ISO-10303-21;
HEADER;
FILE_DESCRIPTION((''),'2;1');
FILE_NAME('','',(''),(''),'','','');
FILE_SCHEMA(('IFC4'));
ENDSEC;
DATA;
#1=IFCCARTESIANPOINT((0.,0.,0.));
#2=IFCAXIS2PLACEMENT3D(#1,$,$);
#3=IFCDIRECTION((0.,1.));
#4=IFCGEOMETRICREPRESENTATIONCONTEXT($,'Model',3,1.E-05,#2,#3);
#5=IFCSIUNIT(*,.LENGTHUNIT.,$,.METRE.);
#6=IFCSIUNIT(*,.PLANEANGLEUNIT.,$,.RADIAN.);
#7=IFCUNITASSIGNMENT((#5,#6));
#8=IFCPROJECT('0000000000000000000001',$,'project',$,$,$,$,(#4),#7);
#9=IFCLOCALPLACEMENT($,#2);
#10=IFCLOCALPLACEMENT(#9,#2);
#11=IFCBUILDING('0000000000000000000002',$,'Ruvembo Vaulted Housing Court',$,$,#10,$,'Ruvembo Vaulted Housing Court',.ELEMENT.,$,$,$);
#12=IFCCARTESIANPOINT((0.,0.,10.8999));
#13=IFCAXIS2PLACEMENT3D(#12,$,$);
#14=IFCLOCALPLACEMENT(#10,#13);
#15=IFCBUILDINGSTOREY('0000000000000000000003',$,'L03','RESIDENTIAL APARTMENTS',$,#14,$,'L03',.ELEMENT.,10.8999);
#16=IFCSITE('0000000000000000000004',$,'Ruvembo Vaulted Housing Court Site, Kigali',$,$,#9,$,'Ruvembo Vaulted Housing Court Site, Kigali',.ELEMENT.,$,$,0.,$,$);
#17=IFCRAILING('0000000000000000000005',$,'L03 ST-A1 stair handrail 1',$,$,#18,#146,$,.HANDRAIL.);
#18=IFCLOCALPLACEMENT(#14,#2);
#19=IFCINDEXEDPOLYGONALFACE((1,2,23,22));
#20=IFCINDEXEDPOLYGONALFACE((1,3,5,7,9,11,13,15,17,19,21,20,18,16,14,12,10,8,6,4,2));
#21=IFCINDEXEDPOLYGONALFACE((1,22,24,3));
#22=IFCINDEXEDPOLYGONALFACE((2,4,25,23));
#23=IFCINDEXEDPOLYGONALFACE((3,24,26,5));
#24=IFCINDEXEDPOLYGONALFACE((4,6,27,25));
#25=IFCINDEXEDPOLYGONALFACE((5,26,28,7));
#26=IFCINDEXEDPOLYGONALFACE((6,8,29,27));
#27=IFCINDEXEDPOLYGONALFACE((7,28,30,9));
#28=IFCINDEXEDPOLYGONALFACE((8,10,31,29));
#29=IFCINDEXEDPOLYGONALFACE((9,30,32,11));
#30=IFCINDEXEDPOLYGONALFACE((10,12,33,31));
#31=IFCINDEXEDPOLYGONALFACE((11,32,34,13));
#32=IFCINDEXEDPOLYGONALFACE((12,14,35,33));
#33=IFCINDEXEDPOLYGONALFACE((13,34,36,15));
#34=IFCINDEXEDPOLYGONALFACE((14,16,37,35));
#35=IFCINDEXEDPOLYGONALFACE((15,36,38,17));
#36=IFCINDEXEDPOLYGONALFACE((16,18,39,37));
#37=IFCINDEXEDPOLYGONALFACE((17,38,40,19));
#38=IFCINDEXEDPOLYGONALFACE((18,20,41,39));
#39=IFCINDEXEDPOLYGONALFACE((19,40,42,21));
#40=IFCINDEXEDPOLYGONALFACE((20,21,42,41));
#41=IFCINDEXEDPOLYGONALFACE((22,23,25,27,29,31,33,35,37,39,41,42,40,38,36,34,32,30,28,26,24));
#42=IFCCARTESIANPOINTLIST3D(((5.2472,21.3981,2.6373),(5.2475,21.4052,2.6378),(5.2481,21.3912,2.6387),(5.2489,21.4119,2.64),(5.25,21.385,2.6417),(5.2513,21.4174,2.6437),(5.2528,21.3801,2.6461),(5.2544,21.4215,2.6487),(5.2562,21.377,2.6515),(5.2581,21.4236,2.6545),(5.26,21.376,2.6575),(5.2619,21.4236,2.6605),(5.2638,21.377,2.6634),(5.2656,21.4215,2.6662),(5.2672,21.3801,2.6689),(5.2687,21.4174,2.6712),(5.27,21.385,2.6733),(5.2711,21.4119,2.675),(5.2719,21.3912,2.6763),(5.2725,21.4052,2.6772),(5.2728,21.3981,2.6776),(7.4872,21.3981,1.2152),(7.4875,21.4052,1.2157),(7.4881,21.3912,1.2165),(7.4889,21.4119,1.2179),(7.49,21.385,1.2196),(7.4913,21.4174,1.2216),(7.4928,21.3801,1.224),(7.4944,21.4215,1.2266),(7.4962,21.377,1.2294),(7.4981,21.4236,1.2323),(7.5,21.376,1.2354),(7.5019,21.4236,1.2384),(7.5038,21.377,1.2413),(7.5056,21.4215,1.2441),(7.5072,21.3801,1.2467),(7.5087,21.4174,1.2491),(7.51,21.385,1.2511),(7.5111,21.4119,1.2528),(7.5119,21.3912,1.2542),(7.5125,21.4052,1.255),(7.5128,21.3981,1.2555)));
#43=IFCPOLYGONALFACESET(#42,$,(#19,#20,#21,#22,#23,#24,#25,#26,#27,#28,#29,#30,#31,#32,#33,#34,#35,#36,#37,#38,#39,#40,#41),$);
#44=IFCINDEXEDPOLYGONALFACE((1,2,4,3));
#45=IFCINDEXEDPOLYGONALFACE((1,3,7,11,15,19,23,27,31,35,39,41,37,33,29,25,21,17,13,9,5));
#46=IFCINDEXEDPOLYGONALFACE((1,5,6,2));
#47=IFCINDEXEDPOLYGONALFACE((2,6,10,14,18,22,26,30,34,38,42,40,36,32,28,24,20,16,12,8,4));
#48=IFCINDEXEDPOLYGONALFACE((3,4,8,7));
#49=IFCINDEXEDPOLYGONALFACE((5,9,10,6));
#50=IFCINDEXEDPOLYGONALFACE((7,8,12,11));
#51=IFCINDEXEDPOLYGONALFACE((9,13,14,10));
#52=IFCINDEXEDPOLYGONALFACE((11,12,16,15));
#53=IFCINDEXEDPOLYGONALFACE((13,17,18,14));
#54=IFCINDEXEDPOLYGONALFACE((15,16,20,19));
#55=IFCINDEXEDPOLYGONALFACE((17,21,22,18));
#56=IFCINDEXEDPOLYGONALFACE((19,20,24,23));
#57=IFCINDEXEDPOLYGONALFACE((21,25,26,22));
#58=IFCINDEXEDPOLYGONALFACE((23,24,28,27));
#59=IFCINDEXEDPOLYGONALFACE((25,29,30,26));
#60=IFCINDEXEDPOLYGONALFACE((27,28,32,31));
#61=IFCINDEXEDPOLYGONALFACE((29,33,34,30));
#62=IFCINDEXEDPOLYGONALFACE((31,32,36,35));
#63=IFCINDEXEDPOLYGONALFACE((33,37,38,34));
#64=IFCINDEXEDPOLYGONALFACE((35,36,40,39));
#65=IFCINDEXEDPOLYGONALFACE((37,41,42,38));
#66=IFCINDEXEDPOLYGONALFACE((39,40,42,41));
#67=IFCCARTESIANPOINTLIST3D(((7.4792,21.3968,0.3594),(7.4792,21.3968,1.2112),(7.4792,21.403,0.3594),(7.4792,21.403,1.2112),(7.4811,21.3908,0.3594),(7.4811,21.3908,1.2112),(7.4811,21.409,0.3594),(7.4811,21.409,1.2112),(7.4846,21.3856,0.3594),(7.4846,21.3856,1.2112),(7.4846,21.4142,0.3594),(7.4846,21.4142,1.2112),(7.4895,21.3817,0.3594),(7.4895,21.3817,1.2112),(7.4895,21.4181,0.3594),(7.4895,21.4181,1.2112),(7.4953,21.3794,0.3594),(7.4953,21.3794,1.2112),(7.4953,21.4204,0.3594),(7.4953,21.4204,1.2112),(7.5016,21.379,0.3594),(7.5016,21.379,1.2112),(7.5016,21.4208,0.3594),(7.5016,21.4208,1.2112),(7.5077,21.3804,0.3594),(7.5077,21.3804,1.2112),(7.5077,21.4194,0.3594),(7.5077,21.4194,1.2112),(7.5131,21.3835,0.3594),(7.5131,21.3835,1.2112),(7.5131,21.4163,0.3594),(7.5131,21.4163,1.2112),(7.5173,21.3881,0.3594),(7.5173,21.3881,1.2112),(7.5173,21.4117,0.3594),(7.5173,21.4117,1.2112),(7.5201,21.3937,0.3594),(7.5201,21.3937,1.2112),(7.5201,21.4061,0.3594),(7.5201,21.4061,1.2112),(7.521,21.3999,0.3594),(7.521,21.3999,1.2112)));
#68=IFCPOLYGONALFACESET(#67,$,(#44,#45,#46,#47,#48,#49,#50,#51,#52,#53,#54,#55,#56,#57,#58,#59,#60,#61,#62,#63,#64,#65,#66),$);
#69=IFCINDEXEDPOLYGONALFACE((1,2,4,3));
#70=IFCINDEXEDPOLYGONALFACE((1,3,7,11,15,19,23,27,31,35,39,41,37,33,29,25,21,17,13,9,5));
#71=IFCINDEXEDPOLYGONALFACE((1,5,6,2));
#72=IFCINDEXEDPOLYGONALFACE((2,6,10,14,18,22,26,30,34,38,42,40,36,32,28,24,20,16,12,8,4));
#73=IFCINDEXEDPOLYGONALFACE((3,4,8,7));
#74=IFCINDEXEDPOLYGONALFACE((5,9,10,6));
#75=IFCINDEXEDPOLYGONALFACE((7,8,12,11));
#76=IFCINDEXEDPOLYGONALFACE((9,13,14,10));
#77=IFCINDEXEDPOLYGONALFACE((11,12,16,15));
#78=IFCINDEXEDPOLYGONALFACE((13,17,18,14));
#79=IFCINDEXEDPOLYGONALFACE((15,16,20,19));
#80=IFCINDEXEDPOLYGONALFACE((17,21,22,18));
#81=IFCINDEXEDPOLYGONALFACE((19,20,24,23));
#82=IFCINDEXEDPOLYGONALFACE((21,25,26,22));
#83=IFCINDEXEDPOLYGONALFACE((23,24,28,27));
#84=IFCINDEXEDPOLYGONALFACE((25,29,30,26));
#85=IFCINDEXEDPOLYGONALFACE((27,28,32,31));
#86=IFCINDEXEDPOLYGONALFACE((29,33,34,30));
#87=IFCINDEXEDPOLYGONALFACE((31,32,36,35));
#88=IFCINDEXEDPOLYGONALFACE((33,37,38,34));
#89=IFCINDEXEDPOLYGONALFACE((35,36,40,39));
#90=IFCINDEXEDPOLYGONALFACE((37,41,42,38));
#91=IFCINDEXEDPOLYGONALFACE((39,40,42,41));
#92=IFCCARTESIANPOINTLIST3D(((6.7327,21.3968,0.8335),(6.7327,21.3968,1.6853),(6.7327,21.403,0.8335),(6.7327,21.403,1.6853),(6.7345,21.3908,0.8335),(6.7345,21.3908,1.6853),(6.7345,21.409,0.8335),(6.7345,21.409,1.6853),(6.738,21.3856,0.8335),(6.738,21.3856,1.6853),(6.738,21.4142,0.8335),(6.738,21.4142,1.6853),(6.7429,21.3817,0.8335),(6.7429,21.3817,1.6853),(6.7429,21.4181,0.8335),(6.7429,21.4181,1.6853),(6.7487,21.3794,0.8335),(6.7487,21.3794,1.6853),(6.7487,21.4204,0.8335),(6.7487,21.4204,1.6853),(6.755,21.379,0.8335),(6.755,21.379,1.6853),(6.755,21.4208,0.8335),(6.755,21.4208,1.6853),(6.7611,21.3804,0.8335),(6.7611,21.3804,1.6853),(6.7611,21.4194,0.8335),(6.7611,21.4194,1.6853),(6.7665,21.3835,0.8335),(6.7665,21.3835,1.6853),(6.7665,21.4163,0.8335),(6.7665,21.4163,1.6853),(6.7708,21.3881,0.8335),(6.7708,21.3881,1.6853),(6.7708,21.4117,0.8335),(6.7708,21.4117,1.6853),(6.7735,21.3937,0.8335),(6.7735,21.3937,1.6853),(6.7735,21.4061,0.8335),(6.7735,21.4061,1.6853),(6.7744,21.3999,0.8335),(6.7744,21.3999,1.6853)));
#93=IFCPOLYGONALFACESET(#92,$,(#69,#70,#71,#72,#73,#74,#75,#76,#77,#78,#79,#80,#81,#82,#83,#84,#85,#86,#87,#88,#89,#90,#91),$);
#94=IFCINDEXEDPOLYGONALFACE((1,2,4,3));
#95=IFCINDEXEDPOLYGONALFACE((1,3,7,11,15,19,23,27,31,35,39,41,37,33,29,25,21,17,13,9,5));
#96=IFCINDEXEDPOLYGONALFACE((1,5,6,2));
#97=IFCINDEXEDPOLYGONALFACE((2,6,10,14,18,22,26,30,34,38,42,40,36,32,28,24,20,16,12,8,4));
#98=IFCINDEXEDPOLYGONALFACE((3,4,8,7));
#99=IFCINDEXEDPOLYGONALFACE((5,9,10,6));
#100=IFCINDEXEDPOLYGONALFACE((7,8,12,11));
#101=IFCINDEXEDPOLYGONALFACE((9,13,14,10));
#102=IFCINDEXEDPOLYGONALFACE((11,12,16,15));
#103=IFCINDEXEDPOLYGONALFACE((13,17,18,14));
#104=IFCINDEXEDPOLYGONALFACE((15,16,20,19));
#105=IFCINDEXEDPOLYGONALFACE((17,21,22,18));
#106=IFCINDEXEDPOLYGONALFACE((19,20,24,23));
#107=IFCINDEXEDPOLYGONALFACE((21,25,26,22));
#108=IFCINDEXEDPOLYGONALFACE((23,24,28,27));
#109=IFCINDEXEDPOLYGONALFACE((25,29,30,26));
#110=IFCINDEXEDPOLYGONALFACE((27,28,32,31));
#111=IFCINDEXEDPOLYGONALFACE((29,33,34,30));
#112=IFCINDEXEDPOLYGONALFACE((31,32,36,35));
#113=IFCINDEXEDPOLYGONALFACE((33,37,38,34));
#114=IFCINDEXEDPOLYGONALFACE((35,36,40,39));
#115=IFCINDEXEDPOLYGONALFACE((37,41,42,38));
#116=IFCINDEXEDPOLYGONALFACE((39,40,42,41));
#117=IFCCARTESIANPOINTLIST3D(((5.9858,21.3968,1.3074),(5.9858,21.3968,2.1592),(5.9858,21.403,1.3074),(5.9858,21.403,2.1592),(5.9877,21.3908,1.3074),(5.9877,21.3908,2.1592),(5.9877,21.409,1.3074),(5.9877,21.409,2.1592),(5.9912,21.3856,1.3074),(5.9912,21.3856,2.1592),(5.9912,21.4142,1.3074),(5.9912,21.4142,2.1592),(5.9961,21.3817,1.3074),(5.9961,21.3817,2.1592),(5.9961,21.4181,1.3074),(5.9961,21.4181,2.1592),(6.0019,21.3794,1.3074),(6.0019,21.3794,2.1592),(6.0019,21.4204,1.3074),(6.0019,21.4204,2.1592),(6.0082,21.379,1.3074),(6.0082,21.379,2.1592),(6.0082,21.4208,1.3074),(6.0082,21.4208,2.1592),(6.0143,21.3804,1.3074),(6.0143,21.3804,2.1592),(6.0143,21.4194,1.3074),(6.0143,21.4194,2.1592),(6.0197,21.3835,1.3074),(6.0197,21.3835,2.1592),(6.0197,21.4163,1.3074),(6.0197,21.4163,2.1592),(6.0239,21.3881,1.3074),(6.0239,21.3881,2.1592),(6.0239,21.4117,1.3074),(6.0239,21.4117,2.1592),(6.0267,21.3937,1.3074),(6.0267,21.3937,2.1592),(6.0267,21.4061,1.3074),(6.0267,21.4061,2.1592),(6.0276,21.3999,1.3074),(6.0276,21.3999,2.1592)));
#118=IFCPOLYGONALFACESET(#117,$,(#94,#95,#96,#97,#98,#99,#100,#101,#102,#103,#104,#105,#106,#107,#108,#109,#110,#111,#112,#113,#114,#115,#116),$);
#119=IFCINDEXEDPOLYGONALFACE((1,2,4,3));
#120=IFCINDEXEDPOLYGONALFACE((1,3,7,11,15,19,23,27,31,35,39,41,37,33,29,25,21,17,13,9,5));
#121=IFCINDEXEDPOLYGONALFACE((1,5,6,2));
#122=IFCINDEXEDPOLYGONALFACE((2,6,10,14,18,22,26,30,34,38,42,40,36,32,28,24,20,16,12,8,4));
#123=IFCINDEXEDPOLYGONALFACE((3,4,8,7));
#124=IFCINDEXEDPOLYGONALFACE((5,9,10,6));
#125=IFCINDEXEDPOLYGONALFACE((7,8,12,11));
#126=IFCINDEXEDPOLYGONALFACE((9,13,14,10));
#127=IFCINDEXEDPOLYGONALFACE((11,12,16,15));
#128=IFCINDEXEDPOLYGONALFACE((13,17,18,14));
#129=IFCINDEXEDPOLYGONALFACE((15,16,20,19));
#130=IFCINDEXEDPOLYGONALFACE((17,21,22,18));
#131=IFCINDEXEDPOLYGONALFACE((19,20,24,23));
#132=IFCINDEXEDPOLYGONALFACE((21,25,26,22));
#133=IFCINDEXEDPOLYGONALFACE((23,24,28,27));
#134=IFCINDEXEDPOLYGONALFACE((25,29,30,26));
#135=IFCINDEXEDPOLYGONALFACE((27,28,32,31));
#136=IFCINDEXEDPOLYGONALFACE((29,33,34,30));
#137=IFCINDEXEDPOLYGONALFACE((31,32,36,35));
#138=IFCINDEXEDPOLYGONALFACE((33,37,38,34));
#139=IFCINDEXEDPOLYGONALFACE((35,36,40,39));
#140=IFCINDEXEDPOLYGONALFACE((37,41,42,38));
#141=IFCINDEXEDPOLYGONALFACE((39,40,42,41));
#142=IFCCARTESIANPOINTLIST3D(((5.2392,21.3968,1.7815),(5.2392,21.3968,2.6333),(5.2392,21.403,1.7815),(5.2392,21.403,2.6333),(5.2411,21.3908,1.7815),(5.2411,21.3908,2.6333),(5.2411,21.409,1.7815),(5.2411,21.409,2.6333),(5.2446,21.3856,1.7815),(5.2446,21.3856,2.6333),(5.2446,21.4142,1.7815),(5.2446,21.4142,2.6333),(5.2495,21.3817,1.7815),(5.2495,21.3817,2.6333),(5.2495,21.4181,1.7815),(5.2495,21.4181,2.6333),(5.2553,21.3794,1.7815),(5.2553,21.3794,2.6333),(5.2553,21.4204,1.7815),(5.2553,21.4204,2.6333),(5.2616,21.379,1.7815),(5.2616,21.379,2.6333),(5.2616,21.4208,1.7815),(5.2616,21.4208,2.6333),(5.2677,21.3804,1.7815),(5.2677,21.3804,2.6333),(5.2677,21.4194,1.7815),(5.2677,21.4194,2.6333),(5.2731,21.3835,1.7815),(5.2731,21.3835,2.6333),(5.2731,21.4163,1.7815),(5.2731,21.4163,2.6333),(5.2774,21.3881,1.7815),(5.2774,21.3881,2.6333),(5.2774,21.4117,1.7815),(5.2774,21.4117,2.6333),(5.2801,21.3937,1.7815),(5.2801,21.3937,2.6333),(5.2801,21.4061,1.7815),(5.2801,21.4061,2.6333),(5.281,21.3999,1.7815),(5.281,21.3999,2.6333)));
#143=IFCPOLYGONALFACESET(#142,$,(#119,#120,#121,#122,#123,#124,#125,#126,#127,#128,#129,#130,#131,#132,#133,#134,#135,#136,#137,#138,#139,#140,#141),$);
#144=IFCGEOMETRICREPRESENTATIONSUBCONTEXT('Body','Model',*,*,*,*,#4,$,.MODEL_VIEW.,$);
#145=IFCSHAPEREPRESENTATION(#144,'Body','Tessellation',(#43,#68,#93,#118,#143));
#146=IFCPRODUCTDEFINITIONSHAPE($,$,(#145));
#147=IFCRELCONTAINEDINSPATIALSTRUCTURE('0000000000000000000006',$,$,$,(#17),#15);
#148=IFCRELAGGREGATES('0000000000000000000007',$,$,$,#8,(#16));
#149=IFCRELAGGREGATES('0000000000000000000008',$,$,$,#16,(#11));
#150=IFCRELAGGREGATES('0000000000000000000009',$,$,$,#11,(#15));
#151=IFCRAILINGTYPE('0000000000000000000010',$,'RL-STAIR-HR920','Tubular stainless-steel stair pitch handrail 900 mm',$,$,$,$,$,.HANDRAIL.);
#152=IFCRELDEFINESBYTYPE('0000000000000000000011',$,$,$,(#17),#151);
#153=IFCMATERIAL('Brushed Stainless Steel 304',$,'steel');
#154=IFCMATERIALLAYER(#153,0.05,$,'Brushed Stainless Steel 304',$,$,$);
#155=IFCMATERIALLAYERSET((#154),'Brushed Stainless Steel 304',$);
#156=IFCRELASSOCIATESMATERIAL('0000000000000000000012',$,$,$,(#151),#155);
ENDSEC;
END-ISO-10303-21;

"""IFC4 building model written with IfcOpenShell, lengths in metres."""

from ifc_helpers import new_model, si_unit, direction, frame, origin, origin_2d, place, context, subcontext, project, spatial, circle, extrude, material, layer, layer_set, type_object, element, save


model = new_model("IFC4")

# Units and contexts
model_context = context("Model", 3, precision=1e-05, world=origin(), true_north=direction((0.0, 1.0)))
body_context = subcontext(model_context, "Body", "Model", "MODEL_VIEW")
ifc_project = project(units=[si_unit("LENGTHUNIT", "METRE"), si_unit("PLANEANGLEUNIT", "RADIAN")], contexts=[model_context])

# Site, building, storey
site_placement = place(None, origin())
site = spatial("IfcSite", under=ifc_project, at=site_placement, Name="Ruvembo Vaulted Housing Court Site, Kigali", LongName="Ruvembo Vaulted Housing Court Site, Kigali", CompositionType="ELEMENT", RefElevation=0.0)
building_placement = place(site_placement, origin())
building = spatial("IfcBuilding", under=site, at=building_placement, Name="Ruvembo Vaulted Housing Court", LongName="Ruvembo Vaulted Housing Court", CompositionType="ELEMENT")
storey_placement = place(building_placement, frame((0.0, 0.0, 10.8999)))
storey = spatial("IfcBuildingStorey", under=building, at=storey_placement, Name="L03", Description="RESIDENTIAL APARTMENTS", LongName="L03", CompositionType="ELEMENT", Elevation=10.8999)

# Shared definitions
ifc_material_1 = material(Name="Brushed Stainless Steel 304", Category="steel")

# Railing
ifc_layer_1 = layer(ifc_material_1, 0.05, Name="Brushed Stainless Steel 304")
ifc_layer_set_1 = layer_set([ifc_layer_1], Name="Brushed Stainless Steel 304")
railing_type_1 = type_object("IfcRailingType", Name="RL-STAIR-HR920", Description="Tubular stainless-steel stair pitch handrail 900 mm", PredefinedType="HANDRAIL", material=ifc_layer_set_1)
railing_1_placement = place(storey_placement, frame((7.5, 21.3999, 0.3594)))
element("IfcRailing", 1, at=railing_1_placement, inside=storey, type_object=railing_type_1, Name="L03 ST-A1 stair handrail 1", PredefinedType="HANDRAIL", context=body_context, shape_type="SweptSolid", body=[
    extrude(circle(Radius=0.0239, at=origin_2d()), frame((0.0, 0.0, 0.876), z_axis=(-0.844229, 0.0, 0.535982), x_axis=(0.0, -1.0, 0.0)), (0.0, 0.0, 1.0), 2.6533),
    extrude(circle(Radius=0.021, at=origin_2d()), origin(), (0.0, 0.0, 1.0), 0.8518),
    extrude(circle(Radius=0.021, at=origin_2d()), frame((-0.7466, 0.0, 0.4741)), (0.0, 0.0, 1.0), 0.8518),
    extrude(circle(Radius=0.021, at=origin_2d()), frame((-1.4934, 0.0, 0.948)), (0.0, 0.0, 1.0), 0.8518),
    extrude(circle(Radius=0.021, at=origin_2d()), frame((-2.24, 0.0, 1.4221)), (0.0, 0.0, 1.0), 0.8518),
])

save(model, "model.ifc")
